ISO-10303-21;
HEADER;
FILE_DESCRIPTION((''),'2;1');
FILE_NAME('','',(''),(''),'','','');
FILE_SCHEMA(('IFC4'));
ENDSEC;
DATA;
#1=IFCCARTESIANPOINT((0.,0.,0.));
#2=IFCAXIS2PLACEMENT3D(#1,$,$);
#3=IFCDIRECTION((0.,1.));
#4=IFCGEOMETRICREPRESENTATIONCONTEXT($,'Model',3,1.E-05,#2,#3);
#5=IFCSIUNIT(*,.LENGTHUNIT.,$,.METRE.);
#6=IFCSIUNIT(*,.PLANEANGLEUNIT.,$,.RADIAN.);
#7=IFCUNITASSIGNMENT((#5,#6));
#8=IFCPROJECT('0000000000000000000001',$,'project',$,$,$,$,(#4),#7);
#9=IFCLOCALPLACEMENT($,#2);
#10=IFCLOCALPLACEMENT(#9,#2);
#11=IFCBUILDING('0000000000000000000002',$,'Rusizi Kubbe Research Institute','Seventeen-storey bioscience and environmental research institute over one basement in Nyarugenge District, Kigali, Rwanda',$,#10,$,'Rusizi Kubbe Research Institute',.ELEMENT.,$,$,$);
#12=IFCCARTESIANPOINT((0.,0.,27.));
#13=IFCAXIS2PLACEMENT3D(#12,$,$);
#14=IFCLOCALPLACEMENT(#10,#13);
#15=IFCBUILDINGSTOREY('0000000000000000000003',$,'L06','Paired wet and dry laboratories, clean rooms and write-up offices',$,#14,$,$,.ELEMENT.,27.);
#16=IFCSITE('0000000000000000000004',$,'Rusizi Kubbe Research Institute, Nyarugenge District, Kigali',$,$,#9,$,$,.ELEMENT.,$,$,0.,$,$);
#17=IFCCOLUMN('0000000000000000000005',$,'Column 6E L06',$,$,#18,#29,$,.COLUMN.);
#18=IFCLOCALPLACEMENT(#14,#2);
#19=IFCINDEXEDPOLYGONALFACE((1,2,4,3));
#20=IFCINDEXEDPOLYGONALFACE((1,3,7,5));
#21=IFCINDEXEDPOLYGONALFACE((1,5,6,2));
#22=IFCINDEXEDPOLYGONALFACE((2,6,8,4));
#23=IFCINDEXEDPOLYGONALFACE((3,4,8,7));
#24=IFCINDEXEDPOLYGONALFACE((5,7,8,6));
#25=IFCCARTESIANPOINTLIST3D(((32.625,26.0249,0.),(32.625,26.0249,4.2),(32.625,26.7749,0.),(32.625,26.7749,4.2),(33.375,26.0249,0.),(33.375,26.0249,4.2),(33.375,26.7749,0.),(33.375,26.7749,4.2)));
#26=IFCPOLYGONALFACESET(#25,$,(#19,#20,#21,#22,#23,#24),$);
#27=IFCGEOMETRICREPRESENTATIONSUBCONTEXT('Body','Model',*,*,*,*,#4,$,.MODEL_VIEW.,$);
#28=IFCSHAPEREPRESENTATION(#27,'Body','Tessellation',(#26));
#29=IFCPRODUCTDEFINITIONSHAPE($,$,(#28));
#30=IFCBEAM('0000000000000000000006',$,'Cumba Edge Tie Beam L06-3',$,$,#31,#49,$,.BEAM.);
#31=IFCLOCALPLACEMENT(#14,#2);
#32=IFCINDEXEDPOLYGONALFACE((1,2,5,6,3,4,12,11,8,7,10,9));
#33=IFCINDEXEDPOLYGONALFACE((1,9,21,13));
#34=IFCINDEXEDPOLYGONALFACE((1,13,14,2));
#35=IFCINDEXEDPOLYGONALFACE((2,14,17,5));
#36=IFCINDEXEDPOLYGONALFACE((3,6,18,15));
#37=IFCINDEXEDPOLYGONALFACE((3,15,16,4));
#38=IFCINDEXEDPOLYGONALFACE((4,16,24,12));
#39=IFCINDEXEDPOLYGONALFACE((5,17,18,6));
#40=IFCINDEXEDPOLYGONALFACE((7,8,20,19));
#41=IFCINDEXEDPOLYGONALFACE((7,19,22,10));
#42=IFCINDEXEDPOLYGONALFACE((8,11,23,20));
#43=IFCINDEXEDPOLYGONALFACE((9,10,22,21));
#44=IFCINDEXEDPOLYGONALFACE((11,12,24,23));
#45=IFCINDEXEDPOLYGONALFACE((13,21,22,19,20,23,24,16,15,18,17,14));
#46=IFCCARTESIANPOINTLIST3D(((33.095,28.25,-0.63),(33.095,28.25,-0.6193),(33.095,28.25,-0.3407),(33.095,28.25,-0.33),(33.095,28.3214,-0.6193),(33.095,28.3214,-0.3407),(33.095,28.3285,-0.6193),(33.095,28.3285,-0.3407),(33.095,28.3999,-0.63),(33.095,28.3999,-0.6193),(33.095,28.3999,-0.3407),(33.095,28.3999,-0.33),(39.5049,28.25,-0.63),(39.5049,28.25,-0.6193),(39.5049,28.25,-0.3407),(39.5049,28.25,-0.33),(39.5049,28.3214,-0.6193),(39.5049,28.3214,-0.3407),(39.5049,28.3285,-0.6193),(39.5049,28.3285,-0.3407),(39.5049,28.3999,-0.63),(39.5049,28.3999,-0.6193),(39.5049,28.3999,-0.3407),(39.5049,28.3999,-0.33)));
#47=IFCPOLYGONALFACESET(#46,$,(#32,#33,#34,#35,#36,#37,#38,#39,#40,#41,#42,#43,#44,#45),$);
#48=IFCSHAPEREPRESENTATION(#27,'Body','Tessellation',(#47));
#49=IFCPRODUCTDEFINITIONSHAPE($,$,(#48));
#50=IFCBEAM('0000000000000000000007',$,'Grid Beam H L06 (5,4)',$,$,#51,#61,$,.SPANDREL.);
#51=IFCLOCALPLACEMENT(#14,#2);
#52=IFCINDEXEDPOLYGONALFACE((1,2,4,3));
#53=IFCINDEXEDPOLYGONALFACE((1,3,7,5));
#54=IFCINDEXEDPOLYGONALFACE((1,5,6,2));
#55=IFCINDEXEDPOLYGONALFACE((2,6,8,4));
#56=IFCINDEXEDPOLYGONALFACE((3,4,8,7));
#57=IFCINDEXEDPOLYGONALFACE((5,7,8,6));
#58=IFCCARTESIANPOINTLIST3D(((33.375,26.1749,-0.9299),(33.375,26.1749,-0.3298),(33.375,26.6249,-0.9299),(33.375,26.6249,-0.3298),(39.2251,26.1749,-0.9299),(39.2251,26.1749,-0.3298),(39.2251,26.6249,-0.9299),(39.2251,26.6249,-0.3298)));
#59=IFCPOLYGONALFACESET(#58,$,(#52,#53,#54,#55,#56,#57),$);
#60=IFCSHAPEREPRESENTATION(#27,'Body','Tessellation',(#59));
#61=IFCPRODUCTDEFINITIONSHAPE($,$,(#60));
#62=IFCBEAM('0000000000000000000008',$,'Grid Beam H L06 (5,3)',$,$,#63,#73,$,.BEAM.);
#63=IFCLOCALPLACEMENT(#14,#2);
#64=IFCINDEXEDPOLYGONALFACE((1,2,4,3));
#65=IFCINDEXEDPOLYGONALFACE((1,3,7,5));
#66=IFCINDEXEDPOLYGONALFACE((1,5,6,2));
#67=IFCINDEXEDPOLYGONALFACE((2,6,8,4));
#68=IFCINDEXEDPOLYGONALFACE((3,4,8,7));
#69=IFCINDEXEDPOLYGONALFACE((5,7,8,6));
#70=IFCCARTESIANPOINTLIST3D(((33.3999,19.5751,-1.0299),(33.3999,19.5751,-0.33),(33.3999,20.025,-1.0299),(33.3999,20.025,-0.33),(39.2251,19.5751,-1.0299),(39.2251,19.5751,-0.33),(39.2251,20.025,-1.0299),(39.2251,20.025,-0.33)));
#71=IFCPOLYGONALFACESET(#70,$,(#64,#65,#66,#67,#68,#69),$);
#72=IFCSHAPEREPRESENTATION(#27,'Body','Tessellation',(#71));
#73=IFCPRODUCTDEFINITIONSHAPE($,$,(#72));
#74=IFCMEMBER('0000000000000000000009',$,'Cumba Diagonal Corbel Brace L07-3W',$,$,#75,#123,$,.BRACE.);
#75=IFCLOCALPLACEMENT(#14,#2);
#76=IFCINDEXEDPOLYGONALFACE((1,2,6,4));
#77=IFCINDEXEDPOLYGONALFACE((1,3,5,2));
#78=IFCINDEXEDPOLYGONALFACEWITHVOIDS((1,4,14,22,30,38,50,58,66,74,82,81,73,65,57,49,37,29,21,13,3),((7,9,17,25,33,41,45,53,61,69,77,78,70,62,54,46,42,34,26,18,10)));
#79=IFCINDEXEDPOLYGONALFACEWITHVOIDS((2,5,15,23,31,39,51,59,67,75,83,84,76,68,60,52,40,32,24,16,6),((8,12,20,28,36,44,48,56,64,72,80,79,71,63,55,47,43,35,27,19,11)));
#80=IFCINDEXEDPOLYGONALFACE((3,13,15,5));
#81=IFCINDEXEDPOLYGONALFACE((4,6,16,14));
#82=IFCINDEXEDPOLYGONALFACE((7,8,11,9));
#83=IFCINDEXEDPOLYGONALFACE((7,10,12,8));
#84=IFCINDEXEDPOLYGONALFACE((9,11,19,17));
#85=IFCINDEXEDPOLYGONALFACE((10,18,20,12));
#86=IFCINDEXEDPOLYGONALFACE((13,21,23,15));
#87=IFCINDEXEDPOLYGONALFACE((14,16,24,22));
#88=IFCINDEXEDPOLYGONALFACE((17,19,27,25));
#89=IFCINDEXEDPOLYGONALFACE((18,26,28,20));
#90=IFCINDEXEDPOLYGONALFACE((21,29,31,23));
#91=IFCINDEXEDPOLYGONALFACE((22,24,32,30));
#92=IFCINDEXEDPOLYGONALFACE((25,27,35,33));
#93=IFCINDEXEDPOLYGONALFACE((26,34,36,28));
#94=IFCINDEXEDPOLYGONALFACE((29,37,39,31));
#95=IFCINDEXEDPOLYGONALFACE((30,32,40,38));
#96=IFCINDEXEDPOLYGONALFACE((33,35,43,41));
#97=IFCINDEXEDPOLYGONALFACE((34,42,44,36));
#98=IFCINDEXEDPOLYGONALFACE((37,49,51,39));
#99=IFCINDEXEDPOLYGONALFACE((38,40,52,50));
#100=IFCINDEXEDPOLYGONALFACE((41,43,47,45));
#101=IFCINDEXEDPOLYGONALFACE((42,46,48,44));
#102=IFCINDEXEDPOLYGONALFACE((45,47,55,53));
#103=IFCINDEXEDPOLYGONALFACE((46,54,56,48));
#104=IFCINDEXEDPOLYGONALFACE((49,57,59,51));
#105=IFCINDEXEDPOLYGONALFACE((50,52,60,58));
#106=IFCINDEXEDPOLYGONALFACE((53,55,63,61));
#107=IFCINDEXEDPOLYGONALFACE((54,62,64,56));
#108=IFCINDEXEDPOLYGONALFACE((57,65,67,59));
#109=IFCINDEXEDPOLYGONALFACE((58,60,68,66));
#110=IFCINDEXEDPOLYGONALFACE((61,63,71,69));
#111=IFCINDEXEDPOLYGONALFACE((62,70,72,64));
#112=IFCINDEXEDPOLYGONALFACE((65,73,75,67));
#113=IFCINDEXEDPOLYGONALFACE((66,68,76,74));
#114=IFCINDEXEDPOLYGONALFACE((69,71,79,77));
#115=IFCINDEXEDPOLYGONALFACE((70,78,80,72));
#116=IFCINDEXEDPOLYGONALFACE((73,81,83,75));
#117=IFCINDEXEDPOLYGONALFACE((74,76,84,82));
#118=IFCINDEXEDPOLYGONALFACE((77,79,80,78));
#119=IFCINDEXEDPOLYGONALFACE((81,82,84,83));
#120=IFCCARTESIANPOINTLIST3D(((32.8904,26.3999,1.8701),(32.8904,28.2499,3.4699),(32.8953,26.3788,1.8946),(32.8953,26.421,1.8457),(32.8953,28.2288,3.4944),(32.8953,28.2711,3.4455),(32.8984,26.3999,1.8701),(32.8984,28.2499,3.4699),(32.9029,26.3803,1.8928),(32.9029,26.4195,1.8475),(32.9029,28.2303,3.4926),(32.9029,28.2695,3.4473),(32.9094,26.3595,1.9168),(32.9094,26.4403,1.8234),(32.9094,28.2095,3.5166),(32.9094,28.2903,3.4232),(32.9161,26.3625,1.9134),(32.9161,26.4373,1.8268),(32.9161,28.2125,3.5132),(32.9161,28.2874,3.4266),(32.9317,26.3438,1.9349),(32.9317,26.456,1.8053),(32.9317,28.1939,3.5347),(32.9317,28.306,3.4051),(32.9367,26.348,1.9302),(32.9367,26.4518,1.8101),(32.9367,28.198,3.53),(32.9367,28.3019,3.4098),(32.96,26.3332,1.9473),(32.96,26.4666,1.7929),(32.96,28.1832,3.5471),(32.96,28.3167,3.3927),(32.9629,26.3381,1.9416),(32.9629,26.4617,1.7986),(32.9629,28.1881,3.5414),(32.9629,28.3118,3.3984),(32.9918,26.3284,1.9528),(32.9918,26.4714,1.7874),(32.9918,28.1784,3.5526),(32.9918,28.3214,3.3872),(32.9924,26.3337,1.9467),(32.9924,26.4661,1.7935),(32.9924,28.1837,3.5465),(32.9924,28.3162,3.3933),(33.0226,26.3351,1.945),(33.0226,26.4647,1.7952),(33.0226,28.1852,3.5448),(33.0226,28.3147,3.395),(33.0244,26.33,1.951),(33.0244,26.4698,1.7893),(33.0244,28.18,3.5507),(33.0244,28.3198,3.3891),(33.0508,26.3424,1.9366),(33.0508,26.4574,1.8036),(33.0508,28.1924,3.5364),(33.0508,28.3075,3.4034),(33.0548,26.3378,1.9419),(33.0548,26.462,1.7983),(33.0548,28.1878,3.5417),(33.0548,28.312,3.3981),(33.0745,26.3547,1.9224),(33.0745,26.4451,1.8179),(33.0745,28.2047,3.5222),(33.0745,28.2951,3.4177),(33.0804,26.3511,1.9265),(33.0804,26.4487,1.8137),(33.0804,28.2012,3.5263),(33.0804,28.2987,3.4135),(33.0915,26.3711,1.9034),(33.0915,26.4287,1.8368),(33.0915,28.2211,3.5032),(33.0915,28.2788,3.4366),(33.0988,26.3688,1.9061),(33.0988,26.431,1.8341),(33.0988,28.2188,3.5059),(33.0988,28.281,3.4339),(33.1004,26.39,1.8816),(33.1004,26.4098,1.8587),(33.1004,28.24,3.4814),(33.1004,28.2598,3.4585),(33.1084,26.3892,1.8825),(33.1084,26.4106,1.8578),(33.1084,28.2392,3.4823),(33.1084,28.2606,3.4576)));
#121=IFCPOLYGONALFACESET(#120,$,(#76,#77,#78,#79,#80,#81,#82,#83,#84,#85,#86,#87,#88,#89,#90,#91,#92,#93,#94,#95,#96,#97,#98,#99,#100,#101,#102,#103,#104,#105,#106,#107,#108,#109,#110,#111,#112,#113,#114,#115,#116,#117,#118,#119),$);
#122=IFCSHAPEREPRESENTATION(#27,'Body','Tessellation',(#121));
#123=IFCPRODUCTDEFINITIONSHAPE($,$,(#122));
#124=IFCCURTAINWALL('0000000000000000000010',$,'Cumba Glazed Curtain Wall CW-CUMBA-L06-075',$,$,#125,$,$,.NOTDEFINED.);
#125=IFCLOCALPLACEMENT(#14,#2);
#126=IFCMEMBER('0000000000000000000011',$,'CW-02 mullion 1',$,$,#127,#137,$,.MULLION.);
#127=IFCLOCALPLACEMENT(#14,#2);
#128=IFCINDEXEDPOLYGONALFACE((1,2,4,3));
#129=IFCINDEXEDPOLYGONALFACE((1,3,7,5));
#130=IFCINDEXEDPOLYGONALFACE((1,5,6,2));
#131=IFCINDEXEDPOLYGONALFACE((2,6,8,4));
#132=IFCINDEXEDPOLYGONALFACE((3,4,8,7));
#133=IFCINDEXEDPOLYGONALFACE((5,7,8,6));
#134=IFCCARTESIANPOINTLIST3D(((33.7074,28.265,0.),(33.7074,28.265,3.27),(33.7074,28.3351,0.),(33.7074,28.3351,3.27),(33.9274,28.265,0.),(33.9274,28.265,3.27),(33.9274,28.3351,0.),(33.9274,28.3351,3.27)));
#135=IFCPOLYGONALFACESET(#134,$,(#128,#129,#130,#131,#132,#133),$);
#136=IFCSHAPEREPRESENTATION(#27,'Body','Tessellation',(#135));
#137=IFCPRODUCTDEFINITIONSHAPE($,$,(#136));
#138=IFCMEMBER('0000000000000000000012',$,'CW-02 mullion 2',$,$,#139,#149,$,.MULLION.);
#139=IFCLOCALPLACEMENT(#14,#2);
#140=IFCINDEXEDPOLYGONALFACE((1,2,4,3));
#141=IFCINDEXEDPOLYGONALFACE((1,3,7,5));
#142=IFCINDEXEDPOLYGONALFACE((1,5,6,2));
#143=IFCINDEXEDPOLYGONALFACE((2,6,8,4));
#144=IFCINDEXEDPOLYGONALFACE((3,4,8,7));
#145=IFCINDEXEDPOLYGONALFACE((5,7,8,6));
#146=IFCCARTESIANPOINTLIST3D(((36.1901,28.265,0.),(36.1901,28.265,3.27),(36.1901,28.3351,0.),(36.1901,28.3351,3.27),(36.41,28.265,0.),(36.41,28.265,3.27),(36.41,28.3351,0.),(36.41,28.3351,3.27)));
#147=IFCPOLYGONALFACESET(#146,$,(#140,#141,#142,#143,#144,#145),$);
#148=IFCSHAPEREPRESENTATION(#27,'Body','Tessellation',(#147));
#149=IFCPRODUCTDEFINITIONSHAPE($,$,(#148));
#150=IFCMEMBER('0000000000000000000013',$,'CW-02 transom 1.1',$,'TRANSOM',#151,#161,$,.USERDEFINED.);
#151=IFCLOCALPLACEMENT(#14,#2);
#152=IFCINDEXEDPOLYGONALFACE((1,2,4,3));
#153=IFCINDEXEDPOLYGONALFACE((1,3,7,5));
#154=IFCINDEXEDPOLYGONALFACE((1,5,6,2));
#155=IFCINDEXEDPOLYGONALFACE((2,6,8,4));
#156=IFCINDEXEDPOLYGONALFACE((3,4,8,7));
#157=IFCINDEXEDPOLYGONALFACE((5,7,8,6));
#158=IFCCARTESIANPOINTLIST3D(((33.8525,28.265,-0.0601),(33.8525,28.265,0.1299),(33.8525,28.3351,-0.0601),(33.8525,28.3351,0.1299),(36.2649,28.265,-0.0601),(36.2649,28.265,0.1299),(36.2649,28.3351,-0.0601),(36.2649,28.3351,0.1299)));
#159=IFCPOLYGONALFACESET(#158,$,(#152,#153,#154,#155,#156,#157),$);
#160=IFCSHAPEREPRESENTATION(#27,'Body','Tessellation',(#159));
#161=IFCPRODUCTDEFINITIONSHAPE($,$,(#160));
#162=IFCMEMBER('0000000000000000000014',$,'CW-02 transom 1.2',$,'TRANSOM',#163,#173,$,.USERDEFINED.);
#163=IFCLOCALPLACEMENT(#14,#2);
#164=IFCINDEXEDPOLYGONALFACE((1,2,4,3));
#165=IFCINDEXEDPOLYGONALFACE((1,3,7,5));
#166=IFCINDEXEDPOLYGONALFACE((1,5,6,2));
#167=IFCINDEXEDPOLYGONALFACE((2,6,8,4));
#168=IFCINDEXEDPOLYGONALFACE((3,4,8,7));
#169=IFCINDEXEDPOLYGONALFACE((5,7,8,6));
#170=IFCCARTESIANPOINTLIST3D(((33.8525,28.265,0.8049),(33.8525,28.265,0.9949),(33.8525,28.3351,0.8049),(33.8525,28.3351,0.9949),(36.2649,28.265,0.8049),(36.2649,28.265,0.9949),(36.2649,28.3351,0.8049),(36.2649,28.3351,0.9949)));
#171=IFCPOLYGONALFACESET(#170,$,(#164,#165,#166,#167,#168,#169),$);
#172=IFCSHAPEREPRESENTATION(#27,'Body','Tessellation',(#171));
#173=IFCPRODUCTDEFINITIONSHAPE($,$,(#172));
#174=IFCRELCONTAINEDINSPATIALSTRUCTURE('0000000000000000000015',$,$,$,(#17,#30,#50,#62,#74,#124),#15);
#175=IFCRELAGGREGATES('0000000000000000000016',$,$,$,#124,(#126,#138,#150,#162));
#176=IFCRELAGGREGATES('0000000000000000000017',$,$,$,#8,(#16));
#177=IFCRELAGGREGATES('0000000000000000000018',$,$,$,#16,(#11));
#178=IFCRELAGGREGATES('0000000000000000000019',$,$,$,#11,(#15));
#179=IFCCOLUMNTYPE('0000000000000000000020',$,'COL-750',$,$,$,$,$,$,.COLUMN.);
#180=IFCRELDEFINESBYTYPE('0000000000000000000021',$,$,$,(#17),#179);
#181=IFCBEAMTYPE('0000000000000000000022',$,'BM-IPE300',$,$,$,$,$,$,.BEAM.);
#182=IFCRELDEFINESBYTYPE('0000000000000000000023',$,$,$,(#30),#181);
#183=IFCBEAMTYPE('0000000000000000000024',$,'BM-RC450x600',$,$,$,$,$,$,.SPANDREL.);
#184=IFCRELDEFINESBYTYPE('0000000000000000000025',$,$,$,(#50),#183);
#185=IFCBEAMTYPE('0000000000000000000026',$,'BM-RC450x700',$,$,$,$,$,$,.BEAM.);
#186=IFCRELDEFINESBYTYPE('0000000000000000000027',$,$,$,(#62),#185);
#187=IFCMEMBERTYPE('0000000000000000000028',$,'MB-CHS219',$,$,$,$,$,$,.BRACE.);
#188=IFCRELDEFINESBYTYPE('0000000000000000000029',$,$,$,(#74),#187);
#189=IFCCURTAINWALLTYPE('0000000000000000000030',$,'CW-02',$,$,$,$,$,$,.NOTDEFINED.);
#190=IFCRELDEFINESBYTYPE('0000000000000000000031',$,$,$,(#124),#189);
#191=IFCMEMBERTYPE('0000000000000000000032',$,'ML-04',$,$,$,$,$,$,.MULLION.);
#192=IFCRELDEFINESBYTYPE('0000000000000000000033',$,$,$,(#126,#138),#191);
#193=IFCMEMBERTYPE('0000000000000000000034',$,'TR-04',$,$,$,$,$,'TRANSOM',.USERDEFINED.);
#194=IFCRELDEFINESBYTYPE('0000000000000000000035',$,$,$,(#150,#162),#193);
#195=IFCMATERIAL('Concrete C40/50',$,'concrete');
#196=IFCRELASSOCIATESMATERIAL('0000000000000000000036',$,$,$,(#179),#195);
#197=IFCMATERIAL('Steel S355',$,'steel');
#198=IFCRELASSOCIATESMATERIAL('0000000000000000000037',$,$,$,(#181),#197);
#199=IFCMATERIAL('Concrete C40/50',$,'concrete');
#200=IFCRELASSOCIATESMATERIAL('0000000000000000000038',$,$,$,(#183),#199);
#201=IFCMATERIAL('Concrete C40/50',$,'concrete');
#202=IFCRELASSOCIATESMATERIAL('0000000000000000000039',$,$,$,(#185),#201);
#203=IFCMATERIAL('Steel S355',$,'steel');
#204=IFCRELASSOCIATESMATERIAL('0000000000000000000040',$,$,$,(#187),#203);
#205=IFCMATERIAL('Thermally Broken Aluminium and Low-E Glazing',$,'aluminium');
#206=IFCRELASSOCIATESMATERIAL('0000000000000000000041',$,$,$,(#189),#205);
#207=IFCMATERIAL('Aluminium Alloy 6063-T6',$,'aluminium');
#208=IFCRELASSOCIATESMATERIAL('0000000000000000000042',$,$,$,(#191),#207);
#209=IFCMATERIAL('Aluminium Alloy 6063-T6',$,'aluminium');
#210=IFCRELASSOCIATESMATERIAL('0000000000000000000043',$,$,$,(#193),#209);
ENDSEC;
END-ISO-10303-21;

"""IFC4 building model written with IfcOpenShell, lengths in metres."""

from ifc_helpers import new_model, si_unit, direction, frame, origin, origin_2d, place, context, subcontext, project, spatial, rectangle, hollow_circle, i_section, extrude, material, material_profile, profile_set, type_object, element, aggregate, save


model = new_model("IFC4")

# Units and contexts
model_context = context("Model", 3, precision=1e-05, world=origin(), true_north=direction((0.0, 1.0)))
body_context = subcontext(model_context, "Body", "Model", "MODEL_VIEW")
ifc_project = project(units=[si_unit("LENGTHUNIT", "METRE"), si_unit("PLANEANGLEUNIT", "RADIAN")], contexts=[model_context])

# Site, building, storey
site_placement = place(None, origin())
site = spatial("IfcSite", under=ifc_project, at=site_placement, Name="Rusizi Kubbe Research Institute, Nyarugenge District, Kigali", CompositionType="ELEMENT", RefElevation=0.0)
building_placement = place(site_placement, origin())
building = spatial("IfcBuilding", under=site, at=building_placement, Name="Rusizi Kubbe Research Institute", Description="Seventeen-storey bioscience and environmental research institute over one basement in Nyarugenge District, Kigali, Rwanda", LongName="Rusizi Kubbe Research Institute", CompositionType="ELEMENT")
storey_placement = place(building_placement, frame((0.0, 0.0, 27.0)))
storey = spatial("IfcBuildingStorey", under=building, at=storey_placement, Name="L06", Description="Paired wet and dry laboratories, clean rooms and write-up offices", CompositionType="ELEMENT", Elevation=27.0)

# Column
ifc_material_1 = material(Name="Concrete C40/50", Category="concrete")
ifc_material_profile_1 = material_profile(ifc_material_1, rectangle(XDim=0.75, YDim=0.75, at=origin_2d()), Name="RC750x750")
ifc_profile_set_1 = profile_set([ifc_material_profile_1], Name="Concrete C40/50")
column_type = type_object("IfcColumnType", Name="COL-750", PredefinedType="COLUMN", material=ifc_profile_set_1)
column_placement = place(storey_placement, frame((33.0, 26.3999, 0.0), z_axis=(0.0, 0.0, 1.0), x_axis=(1.0, 0.0, 0.0)))
element("IfcColumn", 1, at=column_placement, inside=storey, type_object=column_type, Name="Column 6E L06", PredefinedType="COLUMN", context=body_context, shape_type="SweptSolid", body=[
    extrude(rectangle(XDim=0.75, YDim=0.75, at=origin_2d()), origin(), (0.0, 0.0, 1.0), 4.2),
])

# Beams
ifc_material_2 = material(Name="Steel S355", Category="steel")
ifc_material_profile_2 = material_profile(ifc_material_2, i_section(OverallWidth=0.1499, OverallDepth=0.3, WebThickness=0.0071, FlangeThickness=0.0107, at=origin_2d()), Name="IPE 300")
ifc_profile_set_2 = profile_set([ifc_material_profile_2], Name="Steel S355")
beam_type_1 = type_object("IfcBeamType", Name="BM-IPE300", PredefinedType="BEAM", material=ifc_profile_set_2)
beam_1_placement = place(storey_placement, frame((33.095, 28.325, -0.48), z_axis=(1.0, 0.0, 0.0), x_axis=(0.0, 1.0, 0.0)))
element("IfcBeam", 2, at=beam_1_placement, inside=storey, type_object=beam_type_1, Name="Cumba Edge Tie Beam L06-3", PredefinedType="BEAM", context=body_context, shape_type="SweptSolid", body=[
    extrude(i_section(OverallWidth=0.1499, OverallDepth=0.3, WebThickness=0.0071, FlangeThickness=0.0107, at=origin_2d()), origin(), (0.0, 0.0, 1.0), 6.4099),
])
ifc_material_3 = material(Name="Concrete C40/50", Category="concrete")
ifc_material_profile_3 = material_profile(ifc_material_3, rectangle(XDim=0.45, YDim=0.6001, at=origin_2d()), Name="RC450x600")
ifc_profile_set_3 = profile_set([ifc_material_profile_3], Name="Concrete C40/50")
beam_type_2 = type_object("IfcBeamType", Name="BM-RC450x600", PredefinedType="SPANDREL", material=ifc_profile_set_3)
beam_2_placement = place(storey_placement, frame((33.375, 26.3999, -0.6299), z_axis=(1.0, 0.0, 0.0), x_axis=(0.0, 1.0, 0.0)))
element("IfcBeam", 3, at=beam_2_placement, inside=storey, type_object=beam_type_2, Name="Grid Beam H L06 (5,4)", PredefinedType="SPANDREL", context=body_context, shape_type="SweptSolid", body=[
    extrude(rectangle(XDim=0.45, YDim=0.6001, at=origin_2d()), origin(), (0.0, 0.0, 1.0), 5.8501),
])
ifc_material_4 = material(Name="Concrete C40/50", Category="concrete")
ifc_material_profile_4 = material_profile(ifc_material_4, rectangle(XDim=0.45, YDim=0.7, at=origin_2d()), Name="RC450x700B")
ifc_profile_set_4 = profile_set([ifc_material_profile_4], Name="Concrete C40/50")
beam_type_3 = type_object("IfcBeamType", Name="BM-RC450x700", PredefinedType="BEAM", material=ifc_profile_set_4)
beam_3_placement = place(storey_placement, frame((33.3999, 19.8, -0.6799), z_axis=(1.0, 0.0, 0.0), x_axis=(0.0, 1.0, 0.0)))
element("IfcBeam", 4, at=beam_3_placement, inside=storey, type_object=beam_type_3, Name="Grid Beam H L06 (5,3)", PredefinedType="BEAM", context=body_context, shape_type="SweptSolid", body=[
    extrude(rectangle(XDim=0.45, YDim=0.7, at=origin_2d()), origin(), (0.0, 0.0, 1.0), 5.8252),
])

# Member
ifc_material_5 = material(Name="Steel S355", Category="steel")
ifc_material_profile_5 = material_profile(ifc_material_5, hollow_circle(Radius=0.1096, WallThickness=0.0081, at=origin_2d()), Name="CHS 219.1x8.0")
ifc_profile_set_5 = profile_set([ifc_material_profile_5], Name="Steel S355")
member_type_1 = type_object("IfcMemberType", Name="MB-CHS219", PredefinedType="BRACE", material=ifc_profile_set_5)
member_1_placement = place(storey_placement, frame((33.0, 26.3999, 1.8701), z_axis=(0.0, 0.75641, 0.654098), x_axis=(-1.0, 0.0, 0.0)))
element("IfcMember", 5, at=member_1_placement, inside=storey, type_object=member_type_1, Name="Cumba Diagonal Corbel Brace L07-3W", PredefinedType="BRACE", context=body_context, shape_type="SweptSolid", body=[
    extrude(hollow_circle(Radius=0.1096, WallThickness=0.0081, at=origin_2d()), origin(), (0.0, 0.0, 1.0), 2.4458),
])

# Curtain wall, members
ifc_material_6 = material(Name="Thermally Broken Aluminium and Low-E Glazing", Category="aluminium")
curtain_wall_type = type_object("IfcCurtainWallType", Name="CW-02", PredefinedType="NOTDEFINED", material=ifc_material_6)
curtain_wall_placement = place(storey_placement, origin())
curtain_wall = element("IfcCurtainWall", 6, at=curtain_wall_placement, inside=storey, type_object=curtain_wall_type, Name="Cumba Glazed Curtain Wall CW-CUMBA-L06-075", PredefinedType="NOTDEFINED")
ifc_material_7 = material(Name="Aluminium Alloy 6063-T6", Category="aluminium")
ifc_material_profile_6 = material_profile(ifc_material_7, rectangle(XDim=0.0701, YDim=0.22, at=origin_2d()), Name="ALU-M 70x220")
ifc_profile_set_6 = profile_set([ifc_material_profile_6], Name="Aluminium Alloy 6063-T6")
member_type_2 = type_object("IfcMemberType", Name="ML-04", PredefinedType="MULLION", material=ifc_profile_set_6)
member_2_placement = place(storey_placement, frame((33.8174, 28.3, 0.0), z_axis=(0.0, 0.0, 1.0), x_axis=(0.0, 1.0, 0.0)))
member_2 = element("IfcMember", 7, at=member_2_placement, type_object=member_type_2, Name="CW-02 mullion 1", PredefinedType="MULLION", context=body_context, shape_type="SweptSolid", body=[
    extrude(rectangle(XDim=0.0701, YDim=0.22, at=origin_2d()), origin(), (0.0, 0.0, 1.0), 3.27),
])
member_3_placement = place(storey_placement, frame((36.3, 28.3, 0.0), z_axis=(0.0, 0.0, 1.0), x_axis=(0.0, 1.0, 0.0)))
member_3 = element("IfcMember", 8, at=member_3_placement, type_object=member_type_2, Name="CW-02 mullion 2", PredefinedType="MULLION", context=body_context, shape_type="SweptSolid", body=[
    extrude(rectangle(XDim=0.0701, YDim=0.22, at=origin_2d()), origin(), (0.0, 0.0, 1.0), 3.27),
])
ifc_material_8 = material(Name="Aluminium Alloy 6063-T6", Category="aluminium")
ifc_material_profile_7 = material_profile(ifc_material_8, rectangle(XDim=0.0701, YDim=0.1899, at=origin_2d()), Name="ALU-T 70x190")
ifc_profile_set_7 = profile_set([ifc_material_profile_7], Name="Aluminium Alloy 6063-T6")
member_type_3 = type_object("IfcMemberType", Name="TR-04", ElementType="TRANSOM", PredefinedType="USERDEFINED", material=ifc_profile_set_7)
member_4_placement = place(storey_placement, frame((33.8525, 28.3, 0.0349), z_axis=(1.0, 0.0, 0.0), x_axis=(0.0, 1.0, 0.0)))
member_4 = element("IfcMember", 9, at=member_4_placement, type_object=member_type_3, Name="CW-02 transom 1.1", ObjectType="TRANSOM", PredefinedType="USERDEFINED", context=body_context, shape_type="SweptSolid", body=[
    extrude(rectangle(XDim=0.0701, YDim=0.1899, at=origin_2d()), origin(), (0.0, 0.0, 1.0), 2.4124),
])
member_5_placement = place(storey_placement, frame((33.8525, 28.3, 0.8999), z_axis=(1.0, 0.0, 0.0), x_axis=(0.0, 1.0, 0.0)))
member_5 = element("IfcMember", 10, at=member_5_placement, type_object=member_type_3, Name="CW-02 transom 1.2", ObjectType="TRANSOM", PredefinedType="USERDEFINED", context=body_context, shape_type="SweptSolid", body=[
    extrude(rectangle(XDim=0.0701, YDim=0.1899, at=origin_2d()), origin(), (0.0, 0.0, 1.0), 2.4124),
])
aggregate(curtain_wall, [member_2, member_3, member_4, member_5])

save(model, "model.ifc")
